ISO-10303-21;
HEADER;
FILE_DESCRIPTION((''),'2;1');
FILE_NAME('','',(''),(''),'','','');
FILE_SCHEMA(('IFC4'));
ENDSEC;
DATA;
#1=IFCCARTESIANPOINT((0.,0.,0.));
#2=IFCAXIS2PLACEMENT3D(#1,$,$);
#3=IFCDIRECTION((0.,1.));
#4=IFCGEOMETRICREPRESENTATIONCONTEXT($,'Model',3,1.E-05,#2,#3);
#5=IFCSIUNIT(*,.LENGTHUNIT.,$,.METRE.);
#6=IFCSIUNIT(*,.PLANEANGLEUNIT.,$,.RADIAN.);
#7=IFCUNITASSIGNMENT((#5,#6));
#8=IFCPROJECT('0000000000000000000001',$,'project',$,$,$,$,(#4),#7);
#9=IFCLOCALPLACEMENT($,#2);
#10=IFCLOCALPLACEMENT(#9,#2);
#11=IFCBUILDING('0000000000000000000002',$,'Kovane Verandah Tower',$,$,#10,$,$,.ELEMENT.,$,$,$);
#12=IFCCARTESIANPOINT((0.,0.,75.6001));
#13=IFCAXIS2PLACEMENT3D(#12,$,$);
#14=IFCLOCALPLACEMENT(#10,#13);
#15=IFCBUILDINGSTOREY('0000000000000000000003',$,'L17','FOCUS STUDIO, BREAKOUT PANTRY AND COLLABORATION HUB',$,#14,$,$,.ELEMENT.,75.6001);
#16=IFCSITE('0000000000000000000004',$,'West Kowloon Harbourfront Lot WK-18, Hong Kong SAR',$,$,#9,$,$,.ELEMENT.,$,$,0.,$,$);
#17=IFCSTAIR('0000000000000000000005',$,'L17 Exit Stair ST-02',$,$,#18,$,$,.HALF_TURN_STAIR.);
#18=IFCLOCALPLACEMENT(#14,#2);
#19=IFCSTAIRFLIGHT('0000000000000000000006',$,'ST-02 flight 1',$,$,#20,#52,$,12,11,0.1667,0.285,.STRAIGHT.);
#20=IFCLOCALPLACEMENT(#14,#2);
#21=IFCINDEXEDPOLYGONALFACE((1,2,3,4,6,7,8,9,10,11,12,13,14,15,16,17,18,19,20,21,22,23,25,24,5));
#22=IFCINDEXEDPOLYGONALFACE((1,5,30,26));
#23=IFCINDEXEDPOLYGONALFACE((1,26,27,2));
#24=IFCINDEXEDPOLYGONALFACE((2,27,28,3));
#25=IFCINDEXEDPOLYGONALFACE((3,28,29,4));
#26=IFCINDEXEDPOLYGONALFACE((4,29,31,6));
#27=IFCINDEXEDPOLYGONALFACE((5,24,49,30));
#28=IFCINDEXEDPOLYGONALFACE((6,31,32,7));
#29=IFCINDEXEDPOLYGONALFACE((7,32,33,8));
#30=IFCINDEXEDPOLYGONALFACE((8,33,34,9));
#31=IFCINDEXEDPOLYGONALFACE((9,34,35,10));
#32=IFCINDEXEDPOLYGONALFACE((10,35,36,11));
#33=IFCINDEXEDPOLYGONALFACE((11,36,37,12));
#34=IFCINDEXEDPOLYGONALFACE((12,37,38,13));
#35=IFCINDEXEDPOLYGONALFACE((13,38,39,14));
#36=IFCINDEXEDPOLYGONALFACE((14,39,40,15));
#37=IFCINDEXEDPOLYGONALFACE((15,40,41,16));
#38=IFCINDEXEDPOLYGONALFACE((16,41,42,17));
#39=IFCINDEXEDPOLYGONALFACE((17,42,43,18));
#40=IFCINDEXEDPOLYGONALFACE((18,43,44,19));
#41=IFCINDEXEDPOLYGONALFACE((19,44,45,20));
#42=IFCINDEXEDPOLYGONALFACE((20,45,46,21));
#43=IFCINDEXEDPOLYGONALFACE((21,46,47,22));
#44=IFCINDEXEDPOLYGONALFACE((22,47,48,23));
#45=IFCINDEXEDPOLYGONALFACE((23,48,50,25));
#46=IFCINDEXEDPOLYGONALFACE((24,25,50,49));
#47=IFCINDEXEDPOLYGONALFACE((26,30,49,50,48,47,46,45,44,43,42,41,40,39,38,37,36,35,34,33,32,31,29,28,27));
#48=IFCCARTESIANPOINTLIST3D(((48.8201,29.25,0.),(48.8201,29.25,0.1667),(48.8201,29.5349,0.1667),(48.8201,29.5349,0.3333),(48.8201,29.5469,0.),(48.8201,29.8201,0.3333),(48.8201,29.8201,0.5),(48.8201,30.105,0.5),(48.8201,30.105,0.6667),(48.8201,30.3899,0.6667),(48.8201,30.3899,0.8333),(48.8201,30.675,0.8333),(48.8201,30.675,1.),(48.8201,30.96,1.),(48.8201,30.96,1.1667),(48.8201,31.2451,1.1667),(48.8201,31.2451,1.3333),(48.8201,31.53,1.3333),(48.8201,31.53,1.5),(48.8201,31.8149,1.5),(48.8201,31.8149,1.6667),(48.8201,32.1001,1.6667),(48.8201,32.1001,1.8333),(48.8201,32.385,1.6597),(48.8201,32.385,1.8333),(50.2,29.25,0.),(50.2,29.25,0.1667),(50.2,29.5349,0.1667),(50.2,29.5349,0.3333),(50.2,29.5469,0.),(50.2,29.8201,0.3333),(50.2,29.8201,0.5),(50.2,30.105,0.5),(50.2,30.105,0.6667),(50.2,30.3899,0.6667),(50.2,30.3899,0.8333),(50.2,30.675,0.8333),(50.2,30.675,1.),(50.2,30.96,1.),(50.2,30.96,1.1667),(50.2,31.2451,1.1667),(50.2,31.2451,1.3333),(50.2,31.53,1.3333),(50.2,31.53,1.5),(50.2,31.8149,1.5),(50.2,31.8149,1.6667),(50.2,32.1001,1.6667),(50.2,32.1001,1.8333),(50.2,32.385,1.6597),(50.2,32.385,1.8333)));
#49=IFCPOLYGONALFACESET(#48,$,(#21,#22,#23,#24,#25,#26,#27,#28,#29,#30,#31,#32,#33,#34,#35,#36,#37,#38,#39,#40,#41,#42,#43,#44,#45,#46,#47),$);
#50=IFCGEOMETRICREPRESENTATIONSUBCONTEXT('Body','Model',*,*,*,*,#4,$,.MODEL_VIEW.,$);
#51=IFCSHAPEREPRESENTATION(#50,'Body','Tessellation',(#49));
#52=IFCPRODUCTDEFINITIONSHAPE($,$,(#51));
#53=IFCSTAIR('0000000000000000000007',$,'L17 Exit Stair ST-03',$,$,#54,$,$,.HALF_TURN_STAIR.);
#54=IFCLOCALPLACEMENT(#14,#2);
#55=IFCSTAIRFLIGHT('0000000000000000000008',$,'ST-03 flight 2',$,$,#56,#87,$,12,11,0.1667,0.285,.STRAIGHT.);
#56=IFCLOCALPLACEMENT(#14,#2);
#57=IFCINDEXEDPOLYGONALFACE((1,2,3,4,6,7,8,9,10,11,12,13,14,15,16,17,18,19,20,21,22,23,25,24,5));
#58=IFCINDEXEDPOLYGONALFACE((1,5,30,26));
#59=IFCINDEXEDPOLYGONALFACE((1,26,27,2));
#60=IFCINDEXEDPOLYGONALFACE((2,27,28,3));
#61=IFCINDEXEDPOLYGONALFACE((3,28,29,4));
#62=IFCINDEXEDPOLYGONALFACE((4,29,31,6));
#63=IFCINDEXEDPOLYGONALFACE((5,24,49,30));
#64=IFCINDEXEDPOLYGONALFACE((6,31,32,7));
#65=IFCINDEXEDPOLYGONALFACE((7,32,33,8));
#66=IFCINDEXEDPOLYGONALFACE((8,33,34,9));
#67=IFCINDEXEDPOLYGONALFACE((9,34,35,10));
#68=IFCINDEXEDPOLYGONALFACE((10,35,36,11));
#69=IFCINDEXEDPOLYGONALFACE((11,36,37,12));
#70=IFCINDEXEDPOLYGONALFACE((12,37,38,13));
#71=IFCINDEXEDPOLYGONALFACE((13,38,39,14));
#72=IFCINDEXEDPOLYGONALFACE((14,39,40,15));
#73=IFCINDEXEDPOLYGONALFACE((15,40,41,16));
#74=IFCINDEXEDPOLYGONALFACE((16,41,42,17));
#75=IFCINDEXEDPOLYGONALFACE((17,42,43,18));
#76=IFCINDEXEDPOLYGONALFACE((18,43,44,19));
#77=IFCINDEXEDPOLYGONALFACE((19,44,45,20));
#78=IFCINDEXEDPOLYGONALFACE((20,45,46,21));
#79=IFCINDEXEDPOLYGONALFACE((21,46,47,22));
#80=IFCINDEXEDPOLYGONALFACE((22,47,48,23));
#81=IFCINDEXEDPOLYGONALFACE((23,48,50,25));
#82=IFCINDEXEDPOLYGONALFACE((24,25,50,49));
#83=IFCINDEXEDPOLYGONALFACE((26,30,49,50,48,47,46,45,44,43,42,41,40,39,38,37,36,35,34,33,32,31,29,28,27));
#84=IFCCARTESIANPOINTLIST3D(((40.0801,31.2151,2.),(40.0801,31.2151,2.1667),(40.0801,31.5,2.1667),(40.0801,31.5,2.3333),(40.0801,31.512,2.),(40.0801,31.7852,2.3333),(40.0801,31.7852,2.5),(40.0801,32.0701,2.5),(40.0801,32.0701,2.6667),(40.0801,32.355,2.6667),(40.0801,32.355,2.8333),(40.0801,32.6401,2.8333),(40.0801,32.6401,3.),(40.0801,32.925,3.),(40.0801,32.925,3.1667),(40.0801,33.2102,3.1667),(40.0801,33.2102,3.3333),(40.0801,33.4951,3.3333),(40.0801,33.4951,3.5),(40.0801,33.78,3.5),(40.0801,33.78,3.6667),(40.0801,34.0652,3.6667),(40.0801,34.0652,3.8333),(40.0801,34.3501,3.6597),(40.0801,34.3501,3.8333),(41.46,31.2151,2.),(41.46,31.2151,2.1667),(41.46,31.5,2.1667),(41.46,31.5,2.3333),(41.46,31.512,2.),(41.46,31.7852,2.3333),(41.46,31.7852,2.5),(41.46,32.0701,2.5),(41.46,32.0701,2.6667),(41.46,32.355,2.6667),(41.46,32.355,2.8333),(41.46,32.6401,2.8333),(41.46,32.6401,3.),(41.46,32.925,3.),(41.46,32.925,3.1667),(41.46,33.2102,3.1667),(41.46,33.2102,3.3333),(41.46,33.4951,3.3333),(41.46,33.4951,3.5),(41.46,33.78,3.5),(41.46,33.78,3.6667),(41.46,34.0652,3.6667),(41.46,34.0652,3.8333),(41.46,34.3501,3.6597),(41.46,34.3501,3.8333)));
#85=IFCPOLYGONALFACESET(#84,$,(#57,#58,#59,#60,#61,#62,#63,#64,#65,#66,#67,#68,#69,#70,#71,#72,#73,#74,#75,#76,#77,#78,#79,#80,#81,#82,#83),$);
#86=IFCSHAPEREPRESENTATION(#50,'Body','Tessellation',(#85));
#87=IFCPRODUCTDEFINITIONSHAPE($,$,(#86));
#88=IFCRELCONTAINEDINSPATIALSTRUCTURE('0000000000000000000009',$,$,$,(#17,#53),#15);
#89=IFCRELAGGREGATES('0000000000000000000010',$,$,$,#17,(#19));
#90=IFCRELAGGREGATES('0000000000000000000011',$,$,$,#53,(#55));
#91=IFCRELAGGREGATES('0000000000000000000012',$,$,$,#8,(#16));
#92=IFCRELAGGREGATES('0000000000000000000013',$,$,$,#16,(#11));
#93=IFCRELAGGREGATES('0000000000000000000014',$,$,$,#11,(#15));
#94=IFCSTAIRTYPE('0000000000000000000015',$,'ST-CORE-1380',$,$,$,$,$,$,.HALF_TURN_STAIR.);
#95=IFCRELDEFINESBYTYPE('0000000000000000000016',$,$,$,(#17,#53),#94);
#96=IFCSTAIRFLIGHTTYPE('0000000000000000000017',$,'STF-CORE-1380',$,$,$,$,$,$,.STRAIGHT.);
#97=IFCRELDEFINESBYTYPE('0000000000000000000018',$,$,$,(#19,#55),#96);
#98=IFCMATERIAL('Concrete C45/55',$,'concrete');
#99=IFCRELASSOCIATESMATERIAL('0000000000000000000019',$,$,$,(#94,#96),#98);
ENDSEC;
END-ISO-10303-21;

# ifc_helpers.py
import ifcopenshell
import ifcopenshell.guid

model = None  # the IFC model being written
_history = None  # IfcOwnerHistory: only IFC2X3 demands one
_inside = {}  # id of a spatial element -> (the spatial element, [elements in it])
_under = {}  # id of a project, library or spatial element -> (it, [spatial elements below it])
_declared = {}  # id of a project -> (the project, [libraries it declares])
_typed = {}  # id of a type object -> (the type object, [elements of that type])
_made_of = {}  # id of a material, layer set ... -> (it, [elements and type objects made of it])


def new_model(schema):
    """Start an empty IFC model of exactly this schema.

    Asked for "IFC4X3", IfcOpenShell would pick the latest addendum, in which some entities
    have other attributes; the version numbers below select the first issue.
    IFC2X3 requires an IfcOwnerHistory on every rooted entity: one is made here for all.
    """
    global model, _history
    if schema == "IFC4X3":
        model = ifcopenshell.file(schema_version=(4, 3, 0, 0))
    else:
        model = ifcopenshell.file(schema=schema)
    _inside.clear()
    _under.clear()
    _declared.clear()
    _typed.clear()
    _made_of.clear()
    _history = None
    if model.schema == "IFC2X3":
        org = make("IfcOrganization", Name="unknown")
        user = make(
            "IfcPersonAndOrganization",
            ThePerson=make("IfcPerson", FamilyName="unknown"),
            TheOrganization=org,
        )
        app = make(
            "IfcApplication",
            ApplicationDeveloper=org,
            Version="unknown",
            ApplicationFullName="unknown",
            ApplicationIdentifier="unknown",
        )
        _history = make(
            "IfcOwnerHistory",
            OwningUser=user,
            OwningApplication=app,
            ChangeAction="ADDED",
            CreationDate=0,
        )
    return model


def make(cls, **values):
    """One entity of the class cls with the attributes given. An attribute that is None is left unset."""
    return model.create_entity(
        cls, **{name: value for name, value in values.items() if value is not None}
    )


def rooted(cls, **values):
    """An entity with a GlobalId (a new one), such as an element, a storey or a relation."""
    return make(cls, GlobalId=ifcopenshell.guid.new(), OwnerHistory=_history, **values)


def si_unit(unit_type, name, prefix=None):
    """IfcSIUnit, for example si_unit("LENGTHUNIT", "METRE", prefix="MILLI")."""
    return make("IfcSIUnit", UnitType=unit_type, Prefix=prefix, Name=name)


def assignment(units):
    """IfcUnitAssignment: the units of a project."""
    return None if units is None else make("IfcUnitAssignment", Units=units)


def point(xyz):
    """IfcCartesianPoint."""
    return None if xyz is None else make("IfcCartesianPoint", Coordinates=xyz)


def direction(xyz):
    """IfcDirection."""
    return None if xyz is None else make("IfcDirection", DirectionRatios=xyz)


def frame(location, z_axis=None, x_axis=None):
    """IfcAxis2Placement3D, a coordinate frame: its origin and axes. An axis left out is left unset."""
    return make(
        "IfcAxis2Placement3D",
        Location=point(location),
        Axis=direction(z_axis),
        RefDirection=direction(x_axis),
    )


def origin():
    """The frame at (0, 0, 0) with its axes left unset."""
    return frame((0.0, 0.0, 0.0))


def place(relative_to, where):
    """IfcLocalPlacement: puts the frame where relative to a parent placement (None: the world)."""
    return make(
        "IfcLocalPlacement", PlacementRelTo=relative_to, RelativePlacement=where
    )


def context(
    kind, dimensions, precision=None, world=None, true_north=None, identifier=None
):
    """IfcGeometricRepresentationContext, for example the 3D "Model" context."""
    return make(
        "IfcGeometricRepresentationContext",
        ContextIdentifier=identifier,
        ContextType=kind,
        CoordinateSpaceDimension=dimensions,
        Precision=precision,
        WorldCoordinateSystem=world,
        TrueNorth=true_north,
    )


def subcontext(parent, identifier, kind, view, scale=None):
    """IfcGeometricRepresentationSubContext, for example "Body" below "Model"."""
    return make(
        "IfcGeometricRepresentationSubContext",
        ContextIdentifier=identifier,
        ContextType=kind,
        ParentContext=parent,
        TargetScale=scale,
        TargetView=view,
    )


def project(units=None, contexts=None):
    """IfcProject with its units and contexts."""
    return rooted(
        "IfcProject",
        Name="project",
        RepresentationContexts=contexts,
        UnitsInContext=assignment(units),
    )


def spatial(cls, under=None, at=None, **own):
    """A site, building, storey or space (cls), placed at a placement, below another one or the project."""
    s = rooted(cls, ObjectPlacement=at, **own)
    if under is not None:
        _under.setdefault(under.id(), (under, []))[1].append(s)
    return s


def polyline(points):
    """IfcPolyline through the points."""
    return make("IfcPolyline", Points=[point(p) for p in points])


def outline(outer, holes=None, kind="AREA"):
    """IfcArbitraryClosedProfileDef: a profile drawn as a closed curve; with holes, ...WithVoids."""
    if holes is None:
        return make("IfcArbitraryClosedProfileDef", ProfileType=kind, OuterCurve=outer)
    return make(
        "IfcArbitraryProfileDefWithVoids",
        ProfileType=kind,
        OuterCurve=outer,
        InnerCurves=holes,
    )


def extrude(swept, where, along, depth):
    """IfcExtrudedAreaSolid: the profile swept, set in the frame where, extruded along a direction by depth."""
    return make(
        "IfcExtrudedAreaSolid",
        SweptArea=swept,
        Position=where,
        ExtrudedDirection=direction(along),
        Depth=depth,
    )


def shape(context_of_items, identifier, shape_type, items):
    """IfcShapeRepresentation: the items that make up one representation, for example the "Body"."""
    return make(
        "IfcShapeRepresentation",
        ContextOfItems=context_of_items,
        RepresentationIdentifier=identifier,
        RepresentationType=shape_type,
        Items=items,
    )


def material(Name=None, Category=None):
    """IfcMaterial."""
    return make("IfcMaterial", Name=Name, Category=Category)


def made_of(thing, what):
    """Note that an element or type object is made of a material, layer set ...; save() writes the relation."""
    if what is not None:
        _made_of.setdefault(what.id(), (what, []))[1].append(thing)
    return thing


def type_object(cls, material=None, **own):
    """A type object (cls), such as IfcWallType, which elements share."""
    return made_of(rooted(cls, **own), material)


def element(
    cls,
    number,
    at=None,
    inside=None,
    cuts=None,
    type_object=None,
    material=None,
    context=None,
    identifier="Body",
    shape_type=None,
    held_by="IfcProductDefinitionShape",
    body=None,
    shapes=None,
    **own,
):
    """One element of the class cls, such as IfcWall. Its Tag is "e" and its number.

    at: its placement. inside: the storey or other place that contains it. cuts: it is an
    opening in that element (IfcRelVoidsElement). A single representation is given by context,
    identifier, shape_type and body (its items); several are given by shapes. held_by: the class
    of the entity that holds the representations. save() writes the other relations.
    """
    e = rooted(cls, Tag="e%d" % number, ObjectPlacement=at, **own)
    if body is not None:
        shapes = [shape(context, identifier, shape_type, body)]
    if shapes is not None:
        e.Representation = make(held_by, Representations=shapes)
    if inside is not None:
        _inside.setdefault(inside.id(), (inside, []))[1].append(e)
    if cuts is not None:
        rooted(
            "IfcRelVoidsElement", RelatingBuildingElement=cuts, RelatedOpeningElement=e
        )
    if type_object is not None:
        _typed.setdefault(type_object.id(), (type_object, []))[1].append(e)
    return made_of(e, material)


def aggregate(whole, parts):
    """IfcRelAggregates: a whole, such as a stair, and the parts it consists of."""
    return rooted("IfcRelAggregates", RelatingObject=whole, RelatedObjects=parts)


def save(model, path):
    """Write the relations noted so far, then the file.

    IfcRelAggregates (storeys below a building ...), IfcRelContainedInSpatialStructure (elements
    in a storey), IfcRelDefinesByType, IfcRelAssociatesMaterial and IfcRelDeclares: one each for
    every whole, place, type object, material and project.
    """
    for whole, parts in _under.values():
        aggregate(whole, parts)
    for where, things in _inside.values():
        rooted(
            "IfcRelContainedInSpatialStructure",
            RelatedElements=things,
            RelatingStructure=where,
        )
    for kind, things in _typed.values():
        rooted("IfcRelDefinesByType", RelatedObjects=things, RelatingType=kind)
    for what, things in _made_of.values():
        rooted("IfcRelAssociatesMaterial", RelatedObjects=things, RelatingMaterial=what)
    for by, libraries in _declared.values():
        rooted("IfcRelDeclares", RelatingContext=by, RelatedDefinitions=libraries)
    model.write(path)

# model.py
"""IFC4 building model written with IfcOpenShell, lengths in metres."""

from ifc_helpers import new_model, si_unit, direction, frame, origin, place, context, subcontext, project, spatial, polyline, outline, extrude, material, type_object, element, aggregate, save


model = new_model("IFC4")

# Units and contexts
model_context = context("Model", 3, precision=1e-05, world=origin(), true_north=direction((0.0, 1.0)))
body_context = subcontext(model_context, "Body", "Model", "MODEL_VIEW")
ifc_project = project(units=[si_unit("LENGTHUNIT", "METRE"), si_unit("PLANEANGLEUNIT", "RADIAN")], contexts=[model_context])

# Site, building, storey
site_placement = place(None, origin())
site = spatial("IfcSite", under=ifc_project, at=site_placement, Name="West Kowloon Harbourfront Lot WK-18, Hong Kong SAR", CompositionType="ELEMENT", RefElevation=0.0)
building_placement = place(site_placement, origin())
building = spatial("IfcBuilding", under=site, at=building_placement, Name="Kovane Verandah Tower", CompositionType="ELEMENT")
storey_placement = place(building_placement, frame((0.0, 0.0, 75.6001)))
storey = spatial("IfcBuildingStorey", under=building, at=storey_placement, Name="L17", Description="FOCUS STUDIO, BREAKOUT PANTRY AND COLLABORATION HUB", CompositionType="ELEMENT", Elevation=75.6001)

# Shared definitions
ifc_material_1 = material(Name="Concrete C45/55", Category="concrete")

# Stairs, stair flights
stair_type = type_object("IfcStairType", Name="ST-CORE-1380", PredefinedType="HALF_TURN_STAIR", material=ifc_material_1)
stair_1_placement = place(storey_placement, origin())
stair_1 = element("IfcStair", 1, at=stair_1_placement, inside=storey, type_object=stair_type, Name="L17 Exit Stair ST-02", PredefinedType="HALF_TURN_STAIR")
stair_flight_type = type_object("IfcStairFlightType", Name="STF-CORE-1380", PredefinedType="STRAIGHT", material=ifc_material_1)
stair_flight_1_placement = place(storey_placement, frame((49.51, 29.25, 0.0), z_axis=(0.0, 0.0, 1.0), x_axis=(0.0, 1.0, 0.0)))
stair_flight_1 = element("IfcStairFlight", 2, at=stair_flight_1_placement, type_object=stair_flight_type, Name="ST-02 flight 1", NumberOfRisers=12, NumberOfTreads=11, PredefinedType="STRAIGHT", RiserHeight=0.1667, TreadLength=0.285, context=body_context, shape_type="SweptSolid", body=[
    extrude(outline(polyline([(0.0, 0.0), (0.0, 0.1667), (0.2849, 0.1667), (0.2849, 0.3333), (0.5701, 0.3333), (0.5701, 0.5), (0.855, 0.5), (0.855, 0.6667), (1.1399, 0.6667), (1.1399, 0.8333), (1.425, 0.8333), (1.425, 1.0), (1.71, 1.0), (1.71, 1.1667), (1.9951, 1.1667), (1.9951, 1.3333), (2.28, 1.3333), (2.28, 1.5), (2.5649, 1.5), (2.5649, 1.6667), (2.8501, 1.6667), (2.8501, 1.8333), (3.135, 1.8333), (3.135, 2.0), (3.135, 1.6597), (0.2969, 0.0), (0.0, 0.0)])), frame((0.0, 0.6899, 0.0), z_axis=(0.0, -1.0, 0.0), x_axis=(1.0, 0.0, 0.0)), (0.0, 0.0, 1.0), 1.3799),
])
aggregate(stair_1, [stair_flight_1])
stair_2_placement = place(storey_placement, origin())
stair_2 = element("IfcStair", 3, at=stair_2_placement, inside=storey, type_object=stair_type, Name="L17 Exit Stair ST-03", PredefinedType="HALF_TURN_STAIR")
stair_flight_2_placement = place(storey_placement, frame((40.77, 31.2151, 2.0), z_axis=(0.0, 0.0, 1.0), x_axis=(0.0, 1.0, 0.0)))
stair_flight_2 = element("IfcStairFlight", 4, at=stair_flight_2_placement, type_object=stair_flight_type, Name="ST-03 flight 2", NumberOfRisers=12, NumberOfTreads=11, PredefinedType="STRAIGHT", RiserHeight=0.1667, TreadLength=0.285, context=body_context, shape_type="SweptSolid", body=[
    extrude(outline(polyline([(0.0, 0.0), (0.0, 0.1667), (0.2849, 0.1667), (0.2849, 0.3333), (0.5701, 0.3333), (0.5701, 0.5), (0.855, 0.5), (0.855, 0.6667), (1.1399, 0.6667), (1.1399, 0.8333), (1.425, 0.8333), (1.425, 1.0), (1.71, 1.0), (1.71, 1.1667), (1.9951, 1.1667), (1.9951, 1.3333), (2.28, 1.3333), (2.28, 1.5), (2.5649, 1.5), (2.5649, 1.6667), (2.8501, 1.6667), (2.8501, 1.8333), (3.135, 1.8333), (3.135, 2.0), (3.135, 1.6597), (0.2969, 0.0), (0.0, 0.0)])), frame((0.0, 0.6899, 0.0), z_axis=(0.0, -1.0, 0.0), x_axis=(1.0, 0.0, 0.0)), (0.0, 0.0, 1.0), 1.3799),
])
aggregate(stair_2, [stair_flight_2])

save(model, "model.ifc")
